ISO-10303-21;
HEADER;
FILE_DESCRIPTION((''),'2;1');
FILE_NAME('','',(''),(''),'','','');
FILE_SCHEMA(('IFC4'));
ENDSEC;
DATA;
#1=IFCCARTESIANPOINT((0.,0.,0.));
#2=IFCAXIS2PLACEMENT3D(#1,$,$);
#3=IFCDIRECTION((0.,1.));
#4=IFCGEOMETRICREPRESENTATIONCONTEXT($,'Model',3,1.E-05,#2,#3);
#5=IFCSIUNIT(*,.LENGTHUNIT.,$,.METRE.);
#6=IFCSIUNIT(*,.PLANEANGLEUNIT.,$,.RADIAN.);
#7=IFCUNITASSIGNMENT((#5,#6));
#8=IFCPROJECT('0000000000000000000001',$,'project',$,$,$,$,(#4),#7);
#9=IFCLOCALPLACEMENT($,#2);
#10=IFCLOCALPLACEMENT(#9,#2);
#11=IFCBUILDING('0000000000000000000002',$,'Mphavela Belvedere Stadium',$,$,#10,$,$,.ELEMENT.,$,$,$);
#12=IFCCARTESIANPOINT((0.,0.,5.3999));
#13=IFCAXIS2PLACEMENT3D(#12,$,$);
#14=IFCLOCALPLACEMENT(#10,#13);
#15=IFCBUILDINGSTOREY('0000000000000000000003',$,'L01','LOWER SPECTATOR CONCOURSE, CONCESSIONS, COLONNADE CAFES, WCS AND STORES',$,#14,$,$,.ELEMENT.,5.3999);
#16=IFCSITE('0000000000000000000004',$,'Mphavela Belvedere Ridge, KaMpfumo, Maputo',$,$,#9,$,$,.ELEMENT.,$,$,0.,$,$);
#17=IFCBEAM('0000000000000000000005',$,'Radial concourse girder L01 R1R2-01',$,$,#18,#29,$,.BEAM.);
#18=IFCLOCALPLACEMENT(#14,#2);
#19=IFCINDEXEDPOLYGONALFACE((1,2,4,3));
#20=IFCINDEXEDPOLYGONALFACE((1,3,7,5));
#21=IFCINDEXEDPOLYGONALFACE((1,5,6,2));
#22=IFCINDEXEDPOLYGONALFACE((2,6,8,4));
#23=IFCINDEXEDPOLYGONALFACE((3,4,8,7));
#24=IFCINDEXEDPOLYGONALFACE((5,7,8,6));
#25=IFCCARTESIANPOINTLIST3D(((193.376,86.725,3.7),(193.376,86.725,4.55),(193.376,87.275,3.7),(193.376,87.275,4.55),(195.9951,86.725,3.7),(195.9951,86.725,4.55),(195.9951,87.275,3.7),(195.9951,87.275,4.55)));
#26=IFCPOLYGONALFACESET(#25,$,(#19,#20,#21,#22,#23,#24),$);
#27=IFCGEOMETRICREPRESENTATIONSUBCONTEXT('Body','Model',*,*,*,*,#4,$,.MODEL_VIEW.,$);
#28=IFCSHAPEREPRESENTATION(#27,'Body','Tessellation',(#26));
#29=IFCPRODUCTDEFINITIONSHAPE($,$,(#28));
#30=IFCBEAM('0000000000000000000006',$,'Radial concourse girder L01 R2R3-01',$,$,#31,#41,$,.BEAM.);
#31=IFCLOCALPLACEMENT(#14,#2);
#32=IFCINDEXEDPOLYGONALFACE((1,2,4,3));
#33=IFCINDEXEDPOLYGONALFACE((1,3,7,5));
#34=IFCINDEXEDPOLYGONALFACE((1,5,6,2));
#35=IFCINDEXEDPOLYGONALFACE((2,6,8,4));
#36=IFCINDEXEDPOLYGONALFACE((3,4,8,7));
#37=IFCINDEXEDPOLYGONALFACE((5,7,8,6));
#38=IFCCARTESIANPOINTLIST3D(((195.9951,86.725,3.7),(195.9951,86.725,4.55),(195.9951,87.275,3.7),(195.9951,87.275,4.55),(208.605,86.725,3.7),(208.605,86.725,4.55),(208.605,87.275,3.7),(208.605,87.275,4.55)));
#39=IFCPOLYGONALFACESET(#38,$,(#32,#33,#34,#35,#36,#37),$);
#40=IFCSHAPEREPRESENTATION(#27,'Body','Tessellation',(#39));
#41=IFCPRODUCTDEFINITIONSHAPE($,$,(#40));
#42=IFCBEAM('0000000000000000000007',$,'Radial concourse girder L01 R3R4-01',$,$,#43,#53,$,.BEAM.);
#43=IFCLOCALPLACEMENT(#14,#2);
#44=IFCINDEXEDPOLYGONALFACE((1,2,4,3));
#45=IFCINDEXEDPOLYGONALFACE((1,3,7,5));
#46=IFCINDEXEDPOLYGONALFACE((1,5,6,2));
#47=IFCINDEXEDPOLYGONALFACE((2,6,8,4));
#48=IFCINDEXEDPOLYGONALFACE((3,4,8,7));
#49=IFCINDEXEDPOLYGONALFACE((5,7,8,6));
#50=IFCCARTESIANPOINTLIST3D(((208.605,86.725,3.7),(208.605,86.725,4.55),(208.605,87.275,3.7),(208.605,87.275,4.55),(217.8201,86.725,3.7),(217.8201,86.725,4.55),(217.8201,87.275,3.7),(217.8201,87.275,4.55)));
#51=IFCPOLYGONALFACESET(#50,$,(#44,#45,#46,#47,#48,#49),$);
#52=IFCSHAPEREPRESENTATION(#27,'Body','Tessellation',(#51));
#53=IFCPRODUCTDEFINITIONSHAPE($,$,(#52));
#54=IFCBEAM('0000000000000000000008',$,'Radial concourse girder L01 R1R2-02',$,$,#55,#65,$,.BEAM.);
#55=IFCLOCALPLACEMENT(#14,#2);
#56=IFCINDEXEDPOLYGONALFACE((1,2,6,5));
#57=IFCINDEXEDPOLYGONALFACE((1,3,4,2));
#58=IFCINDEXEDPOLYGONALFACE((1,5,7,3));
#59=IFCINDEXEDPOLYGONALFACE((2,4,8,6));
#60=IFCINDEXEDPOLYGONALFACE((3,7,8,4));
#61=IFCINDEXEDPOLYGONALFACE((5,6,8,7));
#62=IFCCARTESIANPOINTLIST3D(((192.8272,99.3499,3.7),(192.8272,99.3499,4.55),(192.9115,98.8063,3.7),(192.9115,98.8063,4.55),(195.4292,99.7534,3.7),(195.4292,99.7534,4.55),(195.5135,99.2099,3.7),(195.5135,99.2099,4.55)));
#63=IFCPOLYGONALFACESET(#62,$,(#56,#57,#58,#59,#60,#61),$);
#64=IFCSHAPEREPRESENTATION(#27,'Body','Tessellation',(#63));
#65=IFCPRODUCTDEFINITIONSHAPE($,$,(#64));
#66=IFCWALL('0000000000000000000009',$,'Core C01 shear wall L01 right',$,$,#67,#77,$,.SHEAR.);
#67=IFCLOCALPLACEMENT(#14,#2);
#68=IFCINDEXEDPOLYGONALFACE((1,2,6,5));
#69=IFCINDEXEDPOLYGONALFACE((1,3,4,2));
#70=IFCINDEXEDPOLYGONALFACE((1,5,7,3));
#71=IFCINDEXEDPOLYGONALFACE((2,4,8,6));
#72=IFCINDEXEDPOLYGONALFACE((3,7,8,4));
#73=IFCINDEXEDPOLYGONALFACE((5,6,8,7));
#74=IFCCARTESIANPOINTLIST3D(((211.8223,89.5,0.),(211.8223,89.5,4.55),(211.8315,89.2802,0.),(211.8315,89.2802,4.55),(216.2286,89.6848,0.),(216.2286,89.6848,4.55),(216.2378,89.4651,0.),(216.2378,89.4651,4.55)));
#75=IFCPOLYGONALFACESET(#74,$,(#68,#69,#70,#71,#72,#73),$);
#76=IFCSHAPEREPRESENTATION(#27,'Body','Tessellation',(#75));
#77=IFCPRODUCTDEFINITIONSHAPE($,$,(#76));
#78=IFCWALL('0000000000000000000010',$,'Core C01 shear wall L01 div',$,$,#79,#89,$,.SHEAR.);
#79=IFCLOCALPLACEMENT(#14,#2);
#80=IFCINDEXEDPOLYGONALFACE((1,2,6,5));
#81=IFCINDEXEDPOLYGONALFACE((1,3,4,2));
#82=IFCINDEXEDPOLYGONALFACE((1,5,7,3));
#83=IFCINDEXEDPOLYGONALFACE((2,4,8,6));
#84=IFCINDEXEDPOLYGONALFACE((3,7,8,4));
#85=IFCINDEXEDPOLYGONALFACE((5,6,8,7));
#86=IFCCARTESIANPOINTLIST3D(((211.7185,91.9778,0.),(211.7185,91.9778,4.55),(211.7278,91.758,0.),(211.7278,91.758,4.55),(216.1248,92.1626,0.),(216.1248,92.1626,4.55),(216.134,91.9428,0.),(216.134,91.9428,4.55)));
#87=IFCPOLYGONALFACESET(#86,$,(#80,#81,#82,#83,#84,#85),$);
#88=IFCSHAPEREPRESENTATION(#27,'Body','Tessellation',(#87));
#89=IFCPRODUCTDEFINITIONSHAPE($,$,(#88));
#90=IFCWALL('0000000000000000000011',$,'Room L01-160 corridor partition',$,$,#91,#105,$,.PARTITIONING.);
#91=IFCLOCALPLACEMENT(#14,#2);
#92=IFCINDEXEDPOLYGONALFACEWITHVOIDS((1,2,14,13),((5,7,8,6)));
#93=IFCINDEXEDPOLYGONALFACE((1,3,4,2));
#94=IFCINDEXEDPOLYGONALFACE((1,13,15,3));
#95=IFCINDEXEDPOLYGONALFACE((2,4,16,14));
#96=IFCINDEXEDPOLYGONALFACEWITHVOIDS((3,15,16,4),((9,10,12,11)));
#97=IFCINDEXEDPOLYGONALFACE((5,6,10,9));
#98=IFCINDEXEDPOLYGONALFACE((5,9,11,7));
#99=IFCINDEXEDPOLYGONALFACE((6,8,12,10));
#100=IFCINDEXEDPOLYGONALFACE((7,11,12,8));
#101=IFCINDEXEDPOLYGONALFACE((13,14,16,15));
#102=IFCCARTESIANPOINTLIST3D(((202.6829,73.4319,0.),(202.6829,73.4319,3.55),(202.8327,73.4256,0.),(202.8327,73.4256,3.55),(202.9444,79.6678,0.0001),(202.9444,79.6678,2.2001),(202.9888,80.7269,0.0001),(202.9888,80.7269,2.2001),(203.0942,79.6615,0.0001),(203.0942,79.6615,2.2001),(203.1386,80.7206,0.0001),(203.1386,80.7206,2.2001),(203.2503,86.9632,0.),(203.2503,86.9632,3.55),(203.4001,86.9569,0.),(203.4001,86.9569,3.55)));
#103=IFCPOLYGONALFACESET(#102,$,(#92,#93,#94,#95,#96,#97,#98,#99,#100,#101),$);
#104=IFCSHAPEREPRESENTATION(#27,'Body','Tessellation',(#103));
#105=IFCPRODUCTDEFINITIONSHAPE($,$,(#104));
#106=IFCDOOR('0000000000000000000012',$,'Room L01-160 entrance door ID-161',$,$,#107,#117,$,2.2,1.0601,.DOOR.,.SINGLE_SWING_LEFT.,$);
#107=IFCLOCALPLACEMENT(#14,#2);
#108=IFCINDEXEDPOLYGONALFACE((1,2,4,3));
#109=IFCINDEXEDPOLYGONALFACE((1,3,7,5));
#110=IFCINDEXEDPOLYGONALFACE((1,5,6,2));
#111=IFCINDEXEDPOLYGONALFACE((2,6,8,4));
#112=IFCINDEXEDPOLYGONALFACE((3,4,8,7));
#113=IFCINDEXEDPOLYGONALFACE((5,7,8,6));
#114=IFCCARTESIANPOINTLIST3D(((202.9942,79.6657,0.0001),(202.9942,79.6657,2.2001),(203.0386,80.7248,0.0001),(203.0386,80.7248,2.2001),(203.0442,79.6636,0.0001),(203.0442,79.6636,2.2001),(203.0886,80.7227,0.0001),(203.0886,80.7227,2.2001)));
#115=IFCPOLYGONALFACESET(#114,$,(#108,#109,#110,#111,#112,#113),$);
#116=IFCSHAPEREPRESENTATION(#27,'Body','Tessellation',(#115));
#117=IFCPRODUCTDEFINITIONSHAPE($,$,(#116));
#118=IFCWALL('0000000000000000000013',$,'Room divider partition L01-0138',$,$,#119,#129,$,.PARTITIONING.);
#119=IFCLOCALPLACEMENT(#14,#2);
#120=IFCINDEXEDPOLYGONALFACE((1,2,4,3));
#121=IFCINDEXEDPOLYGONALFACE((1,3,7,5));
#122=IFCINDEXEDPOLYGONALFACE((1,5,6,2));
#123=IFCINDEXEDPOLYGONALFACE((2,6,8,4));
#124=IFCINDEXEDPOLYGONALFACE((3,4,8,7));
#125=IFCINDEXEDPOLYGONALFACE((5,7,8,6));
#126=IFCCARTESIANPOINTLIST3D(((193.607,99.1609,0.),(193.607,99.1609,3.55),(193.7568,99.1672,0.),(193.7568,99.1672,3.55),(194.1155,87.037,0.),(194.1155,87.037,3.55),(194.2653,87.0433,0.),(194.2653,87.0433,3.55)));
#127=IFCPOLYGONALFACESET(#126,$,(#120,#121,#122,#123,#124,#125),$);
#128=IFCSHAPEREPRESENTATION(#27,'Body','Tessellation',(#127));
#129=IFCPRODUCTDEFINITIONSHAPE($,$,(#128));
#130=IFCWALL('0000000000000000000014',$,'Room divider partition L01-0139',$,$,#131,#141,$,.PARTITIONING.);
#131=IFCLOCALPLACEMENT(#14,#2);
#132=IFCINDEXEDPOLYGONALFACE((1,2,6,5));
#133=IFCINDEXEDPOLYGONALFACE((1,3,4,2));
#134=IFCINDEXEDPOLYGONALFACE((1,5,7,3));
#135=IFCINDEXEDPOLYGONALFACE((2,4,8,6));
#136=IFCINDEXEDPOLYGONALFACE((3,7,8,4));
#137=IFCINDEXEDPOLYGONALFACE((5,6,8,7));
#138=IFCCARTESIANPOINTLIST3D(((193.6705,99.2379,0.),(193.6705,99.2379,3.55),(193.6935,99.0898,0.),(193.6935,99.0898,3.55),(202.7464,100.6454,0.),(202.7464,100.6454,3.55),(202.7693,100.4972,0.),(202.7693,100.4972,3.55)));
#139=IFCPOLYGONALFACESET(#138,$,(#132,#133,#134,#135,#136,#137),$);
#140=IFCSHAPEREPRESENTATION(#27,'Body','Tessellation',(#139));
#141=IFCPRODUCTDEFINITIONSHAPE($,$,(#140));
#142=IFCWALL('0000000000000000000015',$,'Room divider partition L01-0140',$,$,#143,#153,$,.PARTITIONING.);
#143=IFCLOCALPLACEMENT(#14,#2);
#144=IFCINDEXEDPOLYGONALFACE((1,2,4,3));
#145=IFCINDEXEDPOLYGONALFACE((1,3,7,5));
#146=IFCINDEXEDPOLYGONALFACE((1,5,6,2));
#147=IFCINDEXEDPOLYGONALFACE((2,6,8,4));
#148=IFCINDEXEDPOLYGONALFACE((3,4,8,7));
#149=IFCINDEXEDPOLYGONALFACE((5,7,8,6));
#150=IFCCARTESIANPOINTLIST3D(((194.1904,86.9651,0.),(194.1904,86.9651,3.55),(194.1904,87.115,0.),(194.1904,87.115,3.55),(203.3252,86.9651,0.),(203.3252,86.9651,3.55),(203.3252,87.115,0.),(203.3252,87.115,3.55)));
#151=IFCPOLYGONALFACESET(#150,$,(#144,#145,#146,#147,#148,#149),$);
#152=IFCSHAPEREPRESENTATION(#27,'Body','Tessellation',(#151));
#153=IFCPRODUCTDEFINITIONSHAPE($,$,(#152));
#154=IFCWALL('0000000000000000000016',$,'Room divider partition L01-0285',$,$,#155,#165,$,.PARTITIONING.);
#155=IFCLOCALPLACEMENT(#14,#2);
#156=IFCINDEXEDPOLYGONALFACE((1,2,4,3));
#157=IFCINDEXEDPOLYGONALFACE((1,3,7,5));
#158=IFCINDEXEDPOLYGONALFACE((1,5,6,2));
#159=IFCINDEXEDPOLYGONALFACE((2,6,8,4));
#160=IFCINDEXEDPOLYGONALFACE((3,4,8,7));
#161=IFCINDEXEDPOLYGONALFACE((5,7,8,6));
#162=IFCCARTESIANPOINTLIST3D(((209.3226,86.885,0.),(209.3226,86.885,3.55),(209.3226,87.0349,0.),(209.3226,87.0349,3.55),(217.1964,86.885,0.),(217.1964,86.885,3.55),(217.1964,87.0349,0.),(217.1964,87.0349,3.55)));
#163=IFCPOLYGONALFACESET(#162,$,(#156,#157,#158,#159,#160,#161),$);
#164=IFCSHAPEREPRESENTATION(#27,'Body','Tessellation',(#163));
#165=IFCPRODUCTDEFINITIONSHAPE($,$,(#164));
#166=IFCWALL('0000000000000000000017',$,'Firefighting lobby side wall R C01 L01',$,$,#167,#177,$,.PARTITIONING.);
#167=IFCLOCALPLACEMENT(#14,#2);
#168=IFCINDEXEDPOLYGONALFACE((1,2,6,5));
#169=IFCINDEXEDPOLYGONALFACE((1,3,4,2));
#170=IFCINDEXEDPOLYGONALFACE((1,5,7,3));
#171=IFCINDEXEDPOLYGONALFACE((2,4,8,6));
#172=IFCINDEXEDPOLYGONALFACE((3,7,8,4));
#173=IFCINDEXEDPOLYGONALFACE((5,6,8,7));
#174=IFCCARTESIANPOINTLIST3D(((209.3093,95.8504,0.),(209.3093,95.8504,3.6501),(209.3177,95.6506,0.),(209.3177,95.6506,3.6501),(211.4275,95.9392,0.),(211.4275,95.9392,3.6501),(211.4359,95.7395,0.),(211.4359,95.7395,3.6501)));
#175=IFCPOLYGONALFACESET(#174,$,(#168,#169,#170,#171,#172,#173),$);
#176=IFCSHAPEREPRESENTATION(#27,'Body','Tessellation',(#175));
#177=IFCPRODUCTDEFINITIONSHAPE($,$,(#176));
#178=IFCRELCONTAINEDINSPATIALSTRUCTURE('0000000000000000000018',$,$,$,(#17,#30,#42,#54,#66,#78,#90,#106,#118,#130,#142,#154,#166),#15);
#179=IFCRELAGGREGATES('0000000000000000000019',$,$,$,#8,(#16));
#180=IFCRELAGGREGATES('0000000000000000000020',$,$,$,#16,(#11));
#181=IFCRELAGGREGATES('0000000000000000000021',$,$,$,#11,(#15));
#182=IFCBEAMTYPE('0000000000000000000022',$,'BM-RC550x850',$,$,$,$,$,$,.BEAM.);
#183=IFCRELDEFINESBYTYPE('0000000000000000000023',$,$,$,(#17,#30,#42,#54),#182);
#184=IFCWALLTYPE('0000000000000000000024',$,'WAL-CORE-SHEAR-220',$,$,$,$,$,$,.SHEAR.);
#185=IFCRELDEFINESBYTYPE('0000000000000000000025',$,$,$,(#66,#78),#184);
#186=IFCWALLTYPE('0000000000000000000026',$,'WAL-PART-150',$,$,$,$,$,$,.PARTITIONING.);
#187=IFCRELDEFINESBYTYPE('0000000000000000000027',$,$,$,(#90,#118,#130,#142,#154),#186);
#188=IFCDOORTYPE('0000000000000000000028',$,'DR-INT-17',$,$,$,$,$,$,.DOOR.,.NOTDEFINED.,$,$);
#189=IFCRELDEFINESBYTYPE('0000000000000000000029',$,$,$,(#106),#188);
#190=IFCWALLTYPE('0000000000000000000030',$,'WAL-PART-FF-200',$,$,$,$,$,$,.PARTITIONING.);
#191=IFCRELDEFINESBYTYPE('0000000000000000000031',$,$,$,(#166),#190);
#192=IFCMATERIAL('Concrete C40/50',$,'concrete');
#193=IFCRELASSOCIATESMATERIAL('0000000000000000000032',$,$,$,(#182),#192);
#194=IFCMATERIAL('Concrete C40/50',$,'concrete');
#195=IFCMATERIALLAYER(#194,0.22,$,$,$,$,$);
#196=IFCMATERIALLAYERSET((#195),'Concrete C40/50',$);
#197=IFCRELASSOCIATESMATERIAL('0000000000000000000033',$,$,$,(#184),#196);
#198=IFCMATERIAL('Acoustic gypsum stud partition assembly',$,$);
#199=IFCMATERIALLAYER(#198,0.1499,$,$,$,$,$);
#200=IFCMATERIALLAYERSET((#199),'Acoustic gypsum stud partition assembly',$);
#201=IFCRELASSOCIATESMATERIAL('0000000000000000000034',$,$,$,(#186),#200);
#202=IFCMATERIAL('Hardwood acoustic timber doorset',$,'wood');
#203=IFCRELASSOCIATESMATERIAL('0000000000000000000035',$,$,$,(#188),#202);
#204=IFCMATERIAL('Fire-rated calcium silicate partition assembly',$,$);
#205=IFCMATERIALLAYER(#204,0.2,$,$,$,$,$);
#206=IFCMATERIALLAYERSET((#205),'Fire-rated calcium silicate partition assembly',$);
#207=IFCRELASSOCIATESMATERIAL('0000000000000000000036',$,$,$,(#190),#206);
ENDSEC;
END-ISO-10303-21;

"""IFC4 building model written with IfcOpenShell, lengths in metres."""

from ifc_helpers import new_model, si_unit, direction, frame, frame_2d, origin, origin_2d, place, context, subcontext, project, spatial, rectangle, extrude, material, layer, layer_set, material_profile, profile_set, type_object, element, fill, save


model = new_model("IFC4")

# Units and contexts
model_context = context("Model", 3, precision=1e-05, world=origin(), true_north=direction((0.0, 1.0)))
body_context = subcontext(model_context, "Body", "Model", "MODEL_VIEW")
ifc_project = project(units=[si_unit("LENGTHUNIT", "METRE"), si_unit("PLANEANGLEUNIT", "RADIAN")], contexts=[model_context])

# Site, building, storey
site_placement = place(None, origin())
site = spatial("IfcSite", under=ifc_project, at=site_placement, Name="Mphavela Belvedere Ridge, KaMpfumo, Maputo", CompositionType="ELEMENT", RefElevation=0.0)
building_placement = place(site_placement, origin())
building = spatial("IfcBuilding", under=site, at=building_placement, Name="Mphavela Belvedere Stadium", CompositionType="ELEMENT")
storey_placement = place(building_placement, frame((0.0, 0.0, 5.3999)))
storey = spatial("IfcBuildingStorey", under=building, at=storey_placement, Name="L01", Description="LOWER SPECTATOR CONCOURSE, CONCESSIONS, COLONNADE CAFES, WCS AND STORES", CompositionType="ELEMENT", Elevation=5.3999)

# Beams
ifc_material_1 = material(Name="Concrete C40/50", Category="concrete")
ifc_material_profile_1 = material_profile(ifc_material_1, rectangle(XDim=0.55, YDim=0.8501, at=origin_2d()), Name="RC 550x850")
ifc_profile_set_1 = profile_set([ifc_material_profile_1], Name="Concrete C40/50")
beam_type_1 = type_object("IfcBeamType", Name="BM-RC550x850", PredefinedType="BEAM", material=ifc_profile_set_1)
beam_1_placement = place(storey_placement, frame((193.376, 87.0, 4.125), z_axis=(1.0, 0.0, 0.0), x_axis=(0.0, 1.0, 0.0)))
element("IfcBeam", 1, at=beam_1_placement, inside=storey, type_object=beam_type_1, Name="Radial concourse girder L01 R1R2-01", PredefinedType="BEAM", context=body_context, shape_type="SweptSolid", body=[
    extrude(rectangle(XDim=0.55, YDim=0.8501, at=origin_2d()), origin(), (0.0, 0.0, 1.0), 2.6191),
])
beam_2_placement = place(storey_placement, frame((195.9951, 87.0, 4.125), z_axis=(1.0, 0.0, 0.0), x_axis=(0.0, 1.0, 0.0)))
element("IfcBeam", 2, at=beam_2_placement, inside=storey, type_object=beam_type_1, Name="Radial concourse girder L01 R2R3-01", PredefinedType="BEAM", context=body_context, shape_type="SweptSolid", body=[
    extrude(rectangle(XDim=0.55, YDim=0.8501, at=origin_2d()), origin(), (0.0, 0.0, 1.0), 12.6099),
])
beam_3_placement = place(storey_placement, frame((208.605, 87.0, 4.125), z_axis=(1.0, 0.0, 0.0), x_axis=(0.0, 1.0, 0.0)))
element("IfcBeam", 3, at=beam_3_placement, inside=storey, type_object=beam_type_1, Name="Radial concourse girder L01 R3R4-01", PredefinedType="BEAM", context=body_context, shape_type="SweptSolid", body=[
    extrude(rectangle(XDim=0.55, YDim=0.8501, at=origin_2d()), origin(), (0.0, 0.0, 1.0), 9.2151),
])
beam_4_placement = place(storey_placement, frame((192.8694, 99.0781, 4.125), z_axis=(0.988186, 0.153262, 0.0), x_axis=(-0.153262, 0.988186, 0.0)))
element("IfcBeam", 4, at=beam_4_placement, inside=storey, type_object=beam_type_1, Name="Radial concourse girder L01 R1R2-02", PredefinedType="BEAM", context=body_context, shape_type="SweptSolid", body=[
    extrude(rectangle(XDim=0.55, YDim=0.8501, at=origin_2d()), origin(), (0.0, 0.0, 1.0), 2.6331),
])

# Walls
ifc_material_2 = material(Name="Concrete C40/50", Category="concrete")
ifc_layer_1 = layer(ifc_material_2, 0.22)
ifc_layer_set_1 = layer_set([ifc_layer_1], Name="Concrete C40/50")
wall_type_1 = type_object("IfcWallType", Name="WAL-CORE-SHEAR-220", PredefinedType="SHEAR", material=ifc_layer_set_1)
for number, where, z_axis, x_axis, name in (
    (5, (211.8269, 89.3901, 0.0), (0.0, 0.0, 1.0), (0.999122, 0.041907, 0.0), "Core C01 shear wall L01 right"),
    (6, (211.7231, 91.8679, 0.0), (0.0, 0.0, 1.0), (0.999122, 0.041907, 0.0), "Core C01 shear wall L01 div"),
):
    element("IfcWall", number, at=place(storey_placement, frame(where, z_axis=z_axis, x_axis=x_axis)), inside=storey, type_object=wall_type_1, Name=name, PredefinedType="SHEAR", context=body_context, shape_type="SweptSolid", body=[
        extrude(rectangle(XDim=4.4102, YDim=0.22, at=frame_2d((2.2051, 0.0))), origin(), (0.0, 0.0, 1.0), 4.55),
    ])

# Wall, opening, door
ifc_material_3 = material(Name="Acoustic gypsum stud partition assembly")
ifc_layer_2 = layer(ifc_material_3, 0.1499)
ifc_layer_set_2 = layer_set([ifc_layer_2], Name="Acoustic gypsum stud partition assembly")
wall_type_2 = type_object("IfcWallType", Name="WAL-PART-150", PredefinedType="PARTITIONING", material=ifc_layer_set_2)
wall_1_placement = place(storey_placement, frame((203.3252, 86.96, 0.0), z_axis=(0.0, 0.0, 1.0), x_axis=(-0.041894, -0.999122, 0.0)))
wall_1 = element("IfcWall", 7, at=wall_1_placement, inside=storey, type_object=wall_type_2, Name="Room L01-160 corridor partition", PredefinedType="PARTITIONING", context=body_context, shape_type="SweptSolid", body=[
    extrude(rectangle(XDim=13.5432, YDim=0.1499, at=frame_2d((6.7715, 0.0))), origin(), (0.0, 0.0, 1.0), 3.55),
])
opening_placement = place(wall_1_placement, frame((6.2417, 0.0, 0.0)))
opening = element("IfcOpeningElement", 8, at=opening_placement, cuts=wall_1, PredefinedType="OPENING", context=body_context, shape_type="SweptSolid", body=[
    extrude(rectangle(XDim=1.0601, YDim=2.2, at=frame_2d((0.53, 1.1001))), frame((0.0, 0.085, 0.0), z_axis=(0.0, -1.0, 0.0), x_axis=(1.0, 0.0, 0.0)), (0.0, 0.0, 1.0), 0.1699),
])
ifc_material_4 = material(Name="Hardwood acoustic timber doorset", Category="wood")
door_type = type_object("IfcDoorType", Name="DR-INT-17", OperationType="NOTDEFINED", PredefinedType="DOOR", material=ifc_material_4)
door_placement = place(opening_placement, origin())
door = element("IfcDoor", 9, at=door_placement, inside=storey, type_object=door_type, Name="Room L01-160 entrance door ID-161", OperationType="SINGLE_SWING_LEFT", OverallHeight=2.2, OverallWidth=1.0601, PredefinedType="DOOR", context=body_context, shape_type="SweptSolid", body=[
    extrude(rectangle(XDim=1.0601, YDim=2.2, at=frame_2d((0.53, 1.1001))), frame((0.0, 0.0249, 0.0), z_axis=(0.0, -1.0, 0.0), x_axis=(1.0, 0.0, 0.0)), (0.0, 0.0, 1.0), 0.05),
])
fill(opening, door)

# Walls
wall_2_placement = place(storey_placement, frame((194.1904, 87.04, 0.0), z_axis=(0.0, 0.0, 1.0), x_axis=(-0.041909, 0.999121, 0.0)))
element("IfcWall", 10, at=wall_2_placement, inside=storey, type_object=wall_type_2, Name="Room divider partition L01-0138", PredefinedType="PARTITIONING", context=body_context, shape_type="SweptSolid", body=[
    extrude(rectangle(XDim=12.1345, YDim=0.1499, at=frame_2d((6.0674, 0.0))), origin(), (0.0, 0.0, 1.0), 3.55),
])
wall_3_placement = place(storey_placement, frame((193.6819, 99.1638, 0.0), z_axis=(0.0, 0.0, 1.0), x_axis=(0.988188, 0.153246, 0.0)))
element("IfcWall", 11, at=wall_3_placement, inside=storey, type_object=wall_type_2, Name="Room divider partition L01-0139", PredefinedType="PARTITIONING", context=body_context, shape_type="SweptSolid", body=[
    extrude(rectangle(XDim=9.1843, YDim=0.1499, at=frame_2d((4.5923, 0.0))), origin(), (0.0, 0.0, 1.0), 3.55),
])
wall_4_placement = place(storey_placement, frame((203.3252, 87.04, 0.0), z_axis=(0.0, 0.0, 1.0), x_axis=(-1.0, 0.0, 0.0)))
element("IfcWall", 12, at=wall_4_placement, inside=storey, type_object=wall_type_2, Name="Room divider partition L01-0140", PredefinedType="PARTITIONING", context=body_context, shape_type="SweptSolid", body=[
    extrude(rectangle(XDim=9.1348, YDim=0.1499, at=frame_2d((4.5674, 0.0))), origin(), (0.0, 0.0, 1.0), 3.55),
])
wall_5_placement = place(storey_placement, frame((209.3225, 86.96, 0.0), z_axis=(0.0, 0.0, 1.0), x_axis=(1.0, 0.0, 0.0)))
element("IfcWall", 13, at=wall_5_placement, inside=storey, type_object=wall_type_2, Name="Room divider partition L01-0285", PredefinedType="PARTITIONING", context=body_context, shape_type="SweptSolid", body=[
    extrude(rectangle(XDim=7.8738, YDim=0.1499, at=frame_2d((3.937, 0.0))), origin(), (0.0, 0.0, 1.0), 3.55),
])
ifc_material_5 = material(Name="Fire-rated calcium silicate partition assembly")
ifc_layer_3 = layer(ifc_material_5, 0.2)
ifc_layer_set_3 = layer_set([ifc_layer_3], Name="Fire-rated calcium silicate partition assembly")
wall_type_3 = type_object("IfcWallType", Name="WAL-PART-FF-200", PredefinedType="PARTITIONING", material=ifc_layer_set_3)
wall_6_placement = place(storey_placement, frame((209.3135, 95.7505, 0.0), z_axis=(0.0, 0.0, 1.0), x_axis=(0.999121, 0.041918, 0.0)))
element("IfcWall", 14, at=wall_6_placement, inside=storey, type_object=wall_type_3, Name="Firefighting lobby side wall R C01 L01", PredefinedType="PARTITIONING", context=body_context, shape_type="SweptSolid", body=[
    extrude(rectangle(XDim=2.1201, YDim=0.2, at=frame_2d((1.0601, 0.0))), origin(), (0.0, 0.0, 1.0), 3.6501),
])

save(model, "model.ifc")
